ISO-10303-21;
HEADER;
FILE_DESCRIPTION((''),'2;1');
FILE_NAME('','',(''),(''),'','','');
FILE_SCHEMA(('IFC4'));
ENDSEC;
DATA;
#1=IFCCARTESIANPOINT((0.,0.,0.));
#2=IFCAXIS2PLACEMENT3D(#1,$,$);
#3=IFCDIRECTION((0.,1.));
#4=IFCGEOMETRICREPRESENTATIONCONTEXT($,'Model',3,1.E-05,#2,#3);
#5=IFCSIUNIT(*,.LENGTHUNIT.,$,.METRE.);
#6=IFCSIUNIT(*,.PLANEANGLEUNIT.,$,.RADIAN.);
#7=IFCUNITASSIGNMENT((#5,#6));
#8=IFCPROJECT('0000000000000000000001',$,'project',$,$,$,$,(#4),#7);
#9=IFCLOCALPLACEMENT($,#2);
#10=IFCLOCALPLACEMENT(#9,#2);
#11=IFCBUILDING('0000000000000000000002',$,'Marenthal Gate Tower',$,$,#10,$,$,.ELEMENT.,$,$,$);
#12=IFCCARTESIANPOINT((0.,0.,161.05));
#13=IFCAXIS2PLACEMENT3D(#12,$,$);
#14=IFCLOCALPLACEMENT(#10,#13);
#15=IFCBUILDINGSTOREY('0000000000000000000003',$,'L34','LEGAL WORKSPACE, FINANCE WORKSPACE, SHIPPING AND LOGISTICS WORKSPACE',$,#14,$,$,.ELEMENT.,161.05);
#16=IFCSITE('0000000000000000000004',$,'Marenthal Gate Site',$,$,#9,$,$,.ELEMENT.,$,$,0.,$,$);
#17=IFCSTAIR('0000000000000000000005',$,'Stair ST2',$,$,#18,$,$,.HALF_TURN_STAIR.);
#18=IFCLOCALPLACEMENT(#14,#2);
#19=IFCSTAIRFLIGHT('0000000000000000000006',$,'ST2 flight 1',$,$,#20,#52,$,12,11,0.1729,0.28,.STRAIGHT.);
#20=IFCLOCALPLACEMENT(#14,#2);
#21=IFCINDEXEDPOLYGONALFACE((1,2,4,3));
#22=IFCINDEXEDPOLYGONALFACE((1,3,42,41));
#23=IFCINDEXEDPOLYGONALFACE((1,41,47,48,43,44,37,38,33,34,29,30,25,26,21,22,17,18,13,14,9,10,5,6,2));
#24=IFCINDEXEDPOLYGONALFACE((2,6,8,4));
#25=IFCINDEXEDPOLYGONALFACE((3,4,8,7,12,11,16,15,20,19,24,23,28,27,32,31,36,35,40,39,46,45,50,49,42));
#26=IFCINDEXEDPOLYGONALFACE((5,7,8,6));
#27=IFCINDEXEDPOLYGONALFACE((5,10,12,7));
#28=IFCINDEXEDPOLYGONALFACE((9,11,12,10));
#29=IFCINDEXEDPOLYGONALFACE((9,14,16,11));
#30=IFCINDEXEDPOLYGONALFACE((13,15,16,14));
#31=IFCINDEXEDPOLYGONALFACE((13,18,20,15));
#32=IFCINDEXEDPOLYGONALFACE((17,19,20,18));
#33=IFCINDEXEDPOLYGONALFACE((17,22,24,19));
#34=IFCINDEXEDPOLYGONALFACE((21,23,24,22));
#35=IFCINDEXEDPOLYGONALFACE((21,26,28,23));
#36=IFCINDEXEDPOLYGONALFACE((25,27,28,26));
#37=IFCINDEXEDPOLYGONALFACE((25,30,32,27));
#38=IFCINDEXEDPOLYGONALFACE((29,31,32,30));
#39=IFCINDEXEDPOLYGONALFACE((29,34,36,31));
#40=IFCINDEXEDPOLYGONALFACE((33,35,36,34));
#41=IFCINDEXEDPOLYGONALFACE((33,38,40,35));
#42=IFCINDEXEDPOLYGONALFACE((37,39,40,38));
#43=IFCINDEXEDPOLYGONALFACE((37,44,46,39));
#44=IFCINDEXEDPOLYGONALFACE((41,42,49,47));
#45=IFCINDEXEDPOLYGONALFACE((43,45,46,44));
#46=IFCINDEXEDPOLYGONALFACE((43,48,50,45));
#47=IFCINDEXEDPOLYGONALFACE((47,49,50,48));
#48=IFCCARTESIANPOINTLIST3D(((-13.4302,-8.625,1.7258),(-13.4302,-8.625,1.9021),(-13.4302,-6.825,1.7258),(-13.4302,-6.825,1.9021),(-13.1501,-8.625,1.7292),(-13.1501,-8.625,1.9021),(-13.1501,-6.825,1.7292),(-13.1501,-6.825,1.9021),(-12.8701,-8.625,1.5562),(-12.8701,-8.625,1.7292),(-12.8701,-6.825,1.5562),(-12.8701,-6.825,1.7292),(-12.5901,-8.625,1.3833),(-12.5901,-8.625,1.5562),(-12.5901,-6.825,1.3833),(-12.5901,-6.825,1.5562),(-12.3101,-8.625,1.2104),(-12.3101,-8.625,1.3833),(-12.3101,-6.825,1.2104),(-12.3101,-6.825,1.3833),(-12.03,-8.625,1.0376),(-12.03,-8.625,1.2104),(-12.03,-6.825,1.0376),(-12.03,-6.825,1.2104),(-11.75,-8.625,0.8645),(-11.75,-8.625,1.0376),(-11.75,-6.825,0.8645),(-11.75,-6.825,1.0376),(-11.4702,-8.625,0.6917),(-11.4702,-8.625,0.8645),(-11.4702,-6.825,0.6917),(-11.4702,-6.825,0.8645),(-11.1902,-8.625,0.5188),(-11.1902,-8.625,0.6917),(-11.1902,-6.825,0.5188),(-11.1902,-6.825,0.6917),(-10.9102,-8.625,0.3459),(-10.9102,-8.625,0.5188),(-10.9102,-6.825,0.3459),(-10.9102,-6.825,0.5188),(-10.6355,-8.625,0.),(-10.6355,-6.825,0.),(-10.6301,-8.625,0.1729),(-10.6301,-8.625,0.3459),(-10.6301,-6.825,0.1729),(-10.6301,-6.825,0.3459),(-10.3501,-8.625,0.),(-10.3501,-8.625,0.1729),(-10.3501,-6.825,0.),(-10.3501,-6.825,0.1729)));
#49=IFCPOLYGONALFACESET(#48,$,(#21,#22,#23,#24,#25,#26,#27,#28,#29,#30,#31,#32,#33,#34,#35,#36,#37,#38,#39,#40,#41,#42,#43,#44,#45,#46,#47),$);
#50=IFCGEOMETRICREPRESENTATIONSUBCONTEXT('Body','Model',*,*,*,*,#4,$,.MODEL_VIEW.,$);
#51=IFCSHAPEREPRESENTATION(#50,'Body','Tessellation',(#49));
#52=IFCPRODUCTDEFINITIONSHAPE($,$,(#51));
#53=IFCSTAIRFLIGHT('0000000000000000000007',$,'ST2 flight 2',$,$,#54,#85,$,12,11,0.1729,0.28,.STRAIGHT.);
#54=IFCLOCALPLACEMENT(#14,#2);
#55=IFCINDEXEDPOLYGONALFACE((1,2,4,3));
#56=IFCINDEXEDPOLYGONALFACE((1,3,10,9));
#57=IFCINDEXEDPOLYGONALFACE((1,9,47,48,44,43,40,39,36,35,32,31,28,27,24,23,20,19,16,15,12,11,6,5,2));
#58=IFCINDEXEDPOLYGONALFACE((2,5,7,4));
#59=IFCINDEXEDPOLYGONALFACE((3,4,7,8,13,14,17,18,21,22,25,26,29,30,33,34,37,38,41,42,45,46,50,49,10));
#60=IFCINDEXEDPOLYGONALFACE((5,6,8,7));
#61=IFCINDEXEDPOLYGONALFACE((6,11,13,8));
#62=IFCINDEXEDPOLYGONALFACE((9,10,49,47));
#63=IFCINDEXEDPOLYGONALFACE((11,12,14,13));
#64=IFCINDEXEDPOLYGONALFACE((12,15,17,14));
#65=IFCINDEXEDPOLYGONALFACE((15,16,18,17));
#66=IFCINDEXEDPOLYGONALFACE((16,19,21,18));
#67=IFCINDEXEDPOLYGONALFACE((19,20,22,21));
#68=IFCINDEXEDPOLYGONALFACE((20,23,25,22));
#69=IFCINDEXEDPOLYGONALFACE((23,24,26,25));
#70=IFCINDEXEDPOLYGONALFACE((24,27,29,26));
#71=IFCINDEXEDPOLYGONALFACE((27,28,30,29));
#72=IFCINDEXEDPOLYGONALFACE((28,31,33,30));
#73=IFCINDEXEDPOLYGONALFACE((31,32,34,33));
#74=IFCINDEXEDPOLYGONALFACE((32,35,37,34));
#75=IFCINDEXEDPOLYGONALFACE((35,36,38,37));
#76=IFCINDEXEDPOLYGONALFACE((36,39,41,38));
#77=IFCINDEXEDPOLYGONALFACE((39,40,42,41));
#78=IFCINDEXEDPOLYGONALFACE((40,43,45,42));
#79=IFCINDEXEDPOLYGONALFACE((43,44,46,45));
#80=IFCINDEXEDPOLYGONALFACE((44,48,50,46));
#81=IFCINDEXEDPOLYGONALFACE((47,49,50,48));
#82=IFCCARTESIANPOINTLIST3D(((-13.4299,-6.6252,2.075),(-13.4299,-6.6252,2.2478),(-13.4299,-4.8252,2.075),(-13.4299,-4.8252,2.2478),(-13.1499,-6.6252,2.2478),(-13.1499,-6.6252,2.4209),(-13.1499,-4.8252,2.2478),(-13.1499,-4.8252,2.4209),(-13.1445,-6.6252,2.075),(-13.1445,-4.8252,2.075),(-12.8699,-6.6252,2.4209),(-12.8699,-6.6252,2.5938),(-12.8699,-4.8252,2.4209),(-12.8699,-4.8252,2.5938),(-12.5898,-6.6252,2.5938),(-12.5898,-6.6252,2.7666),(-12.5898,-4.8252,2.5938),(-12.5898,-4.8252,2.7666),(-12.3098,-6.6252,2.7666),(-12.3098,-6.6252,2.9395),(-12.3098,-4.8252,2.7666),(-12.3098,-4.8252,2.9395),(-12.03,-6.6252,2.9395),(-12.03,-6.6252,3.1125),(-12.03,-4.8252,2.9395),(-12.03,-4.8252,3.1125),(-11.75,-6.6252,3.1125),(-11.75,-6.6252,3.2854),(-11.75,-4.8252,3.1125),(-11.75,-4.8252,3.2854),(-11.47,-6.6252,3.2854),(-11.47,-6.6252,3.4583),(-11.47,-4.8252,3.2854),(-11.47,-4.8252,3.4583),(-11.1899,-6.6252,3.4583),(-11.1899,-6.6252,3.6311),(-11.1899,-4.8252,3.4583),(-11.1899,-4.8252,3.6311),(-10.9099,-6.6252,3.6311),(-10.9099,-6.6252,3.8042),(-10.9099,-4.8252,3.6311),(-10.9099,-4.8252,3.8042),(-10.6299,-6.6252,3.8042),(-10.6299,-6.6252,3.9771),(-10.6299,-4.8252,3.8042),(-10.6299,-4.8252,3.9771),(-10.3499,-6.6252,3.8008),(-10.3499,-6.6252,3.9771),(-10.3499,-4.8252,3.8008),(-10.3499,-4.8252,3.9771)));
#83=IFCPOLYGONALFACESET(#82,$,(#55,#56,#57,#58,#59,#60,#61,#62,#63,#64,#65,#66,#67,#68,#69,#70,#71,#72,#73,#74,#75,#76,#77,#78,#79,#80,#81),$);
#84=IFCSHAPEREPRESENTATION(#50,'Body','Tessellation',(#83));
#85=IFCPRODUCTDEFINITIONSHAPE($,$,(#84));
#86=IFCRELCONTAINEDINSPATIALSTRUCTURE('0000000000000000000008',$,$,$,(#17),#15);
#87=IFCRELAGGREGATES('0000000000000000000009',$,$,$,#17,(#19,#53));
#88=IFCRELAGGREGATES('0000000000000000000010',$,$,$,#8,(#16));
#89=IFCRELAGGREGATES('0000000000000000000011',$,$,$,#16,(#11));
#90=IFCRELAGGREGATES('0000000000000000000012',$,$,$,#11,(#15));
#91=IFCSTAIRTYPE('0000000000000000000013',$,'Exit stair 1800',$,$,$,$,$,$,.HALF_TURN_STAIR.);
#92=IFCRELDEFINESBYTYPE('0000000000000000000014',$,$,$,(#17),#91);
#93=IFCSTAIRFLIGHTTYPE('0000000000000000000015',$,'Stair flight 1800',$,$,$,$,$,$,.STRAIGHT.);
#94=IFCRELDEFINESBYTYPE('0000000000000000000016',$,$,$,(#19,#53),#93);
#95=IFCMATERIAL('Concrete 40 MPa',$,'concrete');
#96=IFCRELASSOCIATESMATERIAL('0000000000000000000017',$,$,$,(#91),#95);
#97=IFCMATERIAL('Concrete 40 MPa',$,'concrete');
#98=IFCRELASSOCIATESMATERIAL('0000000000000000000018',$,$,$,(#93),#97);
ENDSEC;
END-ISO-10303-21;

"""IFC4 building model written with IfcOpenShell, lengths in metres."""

from ifc_helpers import new_model, si_unit, direction, frame, origin, place, context, subcontext, project, spatial, polyline, outline, extrude, material, type_object, element, aggregate, save


model = new_model("IFC4")

# Units and contexts
model_context = context("Model", 3, precision=1e-05, world=origin(), true_north=direction((0.0, 1.0)))
body_context = subcontext(model_context, "Body", "Model", "MODEL_VIEW")
ifc_project = project(units=[si_unit("LENGTHUNIT", "METRE"), si_unit("PLANEANGLEUNIT", "RADIAN")], contexts=[model_context])

# Site, building, storey
site_placement = place(None, origin())
site = spatial("IfcSite", under=ifc_project, at=site_placement, Name="Marenthal Gate Site", CompositionType="ELEMENT", RefElevation=0.0)
building_placement = place(site_placement, origin())
building = spatial("IfcBuilding", under=site, at=building_placement, Name="Marenthal Gate Tower", CompositionType="ELEMENT")
storey_placement = place(building_placement, frame((0.0, 0.0, 161.05)))
storey = spatial("IfcBuildingStorey", under=building, at=storey_placement, Name="L34", Description="LEGAL WORKSPACE, FINANCE WORKSPACE, SHIPPING AND LOGISTICS WORKSPACE", CompositionType="ELEMENT", Elevation=161.05)

# Stair, stair flights
ifc_material_1 = material(Name="Concrete 40 MPa", Category="concrete")
stair_type = type_object("IfcStairType", Name="Exit stair 1800", PredefinedType="HALF_TURN_STAIR", material=ifc_material_1)
stair_placement = place(storey_placement, origin())
stair = element("IfcStair", 1, at=stair_placement, inside=storey, type_object=stair_type, Name="Stair ST2", PredefinedType="HALF_TURN_STAIR")
ifc_material_2 = material(Name="Concrete 40 MPa", Category="concrete")
stair_flight_type = type_object("IfcStairFlightType", Name="Stair flight 1800", PredefinedType="STRAIGHT", material=ifc_material_2)
stair_flight_1_placement = place(storey_placement, frame((-10.3501, -7.7251, 0.0), z_axis=(0.0, 0.0, 1.0), x_axis=(-1.0, 0.0, 0.0)))
stair_flight_1 = element("IfcStairFlight", 2, at=stair_flight_1_placement, type_object=stair_flight_type, Name="ST2 flight 1", NumberOfRisers=12, NumberOfTreads=11, PredefinedType="STRAIGHT", RiserHeight=0.1729, TreadLength=0.28, context=body_context, shape_type="SweptSolid", body=[
    extrude(outline(polyline([(0.0, 0.0), (0.0, 0.1729), (0.28, 0.1729), (0.28, 0.3459), (0.5601, 0.3459), (0.5601, 0.5188), (0.8401, 0.5188), (0.8401, 0.6917), (1.1201, 0.6917), (1.1201, 0.8645), (1.3999, 0.8645), (1.3999, 1.0376), (1.6799, 1.0376), (1.6799, 1.2104), (1.96, 1.2104), (1.96, 1.3833), (2.24, 1.3833), (2.24, 1.5562), (2.52, 1.5562), (2.52, 1.7292), (2.8, 1.7292), (2.8, 1.9021), (3.0801, 1.9021), (3.0801, 2.075), (3.0801, 1.7258), (0.2854, 0.0), (0.0, 0.0)])), frame((0.0, 0.8999, 0.0), z_axis=(0.0, -1.0, 0.0), x_axis=(1.0, 0.0, 0.0)), (0.0, 0.0, 1.0), 1.8),
])
stair_flight_2_placement = place(storey_placement, frame((-13.4299, -5.7251, 2.075), z_axis=(0.0, 0.0, 1.0), x_axis=(1.0, 0.0, 0.0)))
stair_flight_2 = element("IfcStairFlight", 3, at=stair_flight_2_placement, type_object=stair_flight_type, Name="ST2 flight 2", NumberOfRisers=12, NumberOfTreads=11, PredefinedType="STRAIGHT", RiserHeight=0.1729, TreadLength=0.28, context=body_context, shape_type="SweptSolid", body=[
    extrude(outline(polyline([(0.0, 0.0), (0.0, 0.1729), (0.28, 0.1729), (0.28, 0.3459), (0.5601, 0.3459), (0.5601, 0.5188), (0.8401, 0.5188), (0.8401, 0.6917), (1.1201, 0.6917), (1.1201, 0.8645), (1.3999, 0.8645), (1.3999, 1.0376), (1.6799, 1.0376), (1.6799, 1.2104), (1.96, 1.2104), (1.96, 1.3833), (2.24, 1.3833), (2.24, 1.5562), (2.52, 1.5562), (2.52, 1.7292), (2.8, 1.7292), (2.8, 1.9021), (3.0801, 1.9021), (3.0801, 2.075), (3.0801, 1.7258), (0.2854, 0.0), (0.0, 0.0)])), frame((0.0, 0.8999, 0.0), z_axis=(0.0, -1.0, 0.0), x_axis=(1.0, 0.0, 0.0)), (0.0, 0.0, 1.0), 1.8),
])
aggregate(stair, [stair_flight_1, stair_flight_2])

save(model, "model.ifc")
